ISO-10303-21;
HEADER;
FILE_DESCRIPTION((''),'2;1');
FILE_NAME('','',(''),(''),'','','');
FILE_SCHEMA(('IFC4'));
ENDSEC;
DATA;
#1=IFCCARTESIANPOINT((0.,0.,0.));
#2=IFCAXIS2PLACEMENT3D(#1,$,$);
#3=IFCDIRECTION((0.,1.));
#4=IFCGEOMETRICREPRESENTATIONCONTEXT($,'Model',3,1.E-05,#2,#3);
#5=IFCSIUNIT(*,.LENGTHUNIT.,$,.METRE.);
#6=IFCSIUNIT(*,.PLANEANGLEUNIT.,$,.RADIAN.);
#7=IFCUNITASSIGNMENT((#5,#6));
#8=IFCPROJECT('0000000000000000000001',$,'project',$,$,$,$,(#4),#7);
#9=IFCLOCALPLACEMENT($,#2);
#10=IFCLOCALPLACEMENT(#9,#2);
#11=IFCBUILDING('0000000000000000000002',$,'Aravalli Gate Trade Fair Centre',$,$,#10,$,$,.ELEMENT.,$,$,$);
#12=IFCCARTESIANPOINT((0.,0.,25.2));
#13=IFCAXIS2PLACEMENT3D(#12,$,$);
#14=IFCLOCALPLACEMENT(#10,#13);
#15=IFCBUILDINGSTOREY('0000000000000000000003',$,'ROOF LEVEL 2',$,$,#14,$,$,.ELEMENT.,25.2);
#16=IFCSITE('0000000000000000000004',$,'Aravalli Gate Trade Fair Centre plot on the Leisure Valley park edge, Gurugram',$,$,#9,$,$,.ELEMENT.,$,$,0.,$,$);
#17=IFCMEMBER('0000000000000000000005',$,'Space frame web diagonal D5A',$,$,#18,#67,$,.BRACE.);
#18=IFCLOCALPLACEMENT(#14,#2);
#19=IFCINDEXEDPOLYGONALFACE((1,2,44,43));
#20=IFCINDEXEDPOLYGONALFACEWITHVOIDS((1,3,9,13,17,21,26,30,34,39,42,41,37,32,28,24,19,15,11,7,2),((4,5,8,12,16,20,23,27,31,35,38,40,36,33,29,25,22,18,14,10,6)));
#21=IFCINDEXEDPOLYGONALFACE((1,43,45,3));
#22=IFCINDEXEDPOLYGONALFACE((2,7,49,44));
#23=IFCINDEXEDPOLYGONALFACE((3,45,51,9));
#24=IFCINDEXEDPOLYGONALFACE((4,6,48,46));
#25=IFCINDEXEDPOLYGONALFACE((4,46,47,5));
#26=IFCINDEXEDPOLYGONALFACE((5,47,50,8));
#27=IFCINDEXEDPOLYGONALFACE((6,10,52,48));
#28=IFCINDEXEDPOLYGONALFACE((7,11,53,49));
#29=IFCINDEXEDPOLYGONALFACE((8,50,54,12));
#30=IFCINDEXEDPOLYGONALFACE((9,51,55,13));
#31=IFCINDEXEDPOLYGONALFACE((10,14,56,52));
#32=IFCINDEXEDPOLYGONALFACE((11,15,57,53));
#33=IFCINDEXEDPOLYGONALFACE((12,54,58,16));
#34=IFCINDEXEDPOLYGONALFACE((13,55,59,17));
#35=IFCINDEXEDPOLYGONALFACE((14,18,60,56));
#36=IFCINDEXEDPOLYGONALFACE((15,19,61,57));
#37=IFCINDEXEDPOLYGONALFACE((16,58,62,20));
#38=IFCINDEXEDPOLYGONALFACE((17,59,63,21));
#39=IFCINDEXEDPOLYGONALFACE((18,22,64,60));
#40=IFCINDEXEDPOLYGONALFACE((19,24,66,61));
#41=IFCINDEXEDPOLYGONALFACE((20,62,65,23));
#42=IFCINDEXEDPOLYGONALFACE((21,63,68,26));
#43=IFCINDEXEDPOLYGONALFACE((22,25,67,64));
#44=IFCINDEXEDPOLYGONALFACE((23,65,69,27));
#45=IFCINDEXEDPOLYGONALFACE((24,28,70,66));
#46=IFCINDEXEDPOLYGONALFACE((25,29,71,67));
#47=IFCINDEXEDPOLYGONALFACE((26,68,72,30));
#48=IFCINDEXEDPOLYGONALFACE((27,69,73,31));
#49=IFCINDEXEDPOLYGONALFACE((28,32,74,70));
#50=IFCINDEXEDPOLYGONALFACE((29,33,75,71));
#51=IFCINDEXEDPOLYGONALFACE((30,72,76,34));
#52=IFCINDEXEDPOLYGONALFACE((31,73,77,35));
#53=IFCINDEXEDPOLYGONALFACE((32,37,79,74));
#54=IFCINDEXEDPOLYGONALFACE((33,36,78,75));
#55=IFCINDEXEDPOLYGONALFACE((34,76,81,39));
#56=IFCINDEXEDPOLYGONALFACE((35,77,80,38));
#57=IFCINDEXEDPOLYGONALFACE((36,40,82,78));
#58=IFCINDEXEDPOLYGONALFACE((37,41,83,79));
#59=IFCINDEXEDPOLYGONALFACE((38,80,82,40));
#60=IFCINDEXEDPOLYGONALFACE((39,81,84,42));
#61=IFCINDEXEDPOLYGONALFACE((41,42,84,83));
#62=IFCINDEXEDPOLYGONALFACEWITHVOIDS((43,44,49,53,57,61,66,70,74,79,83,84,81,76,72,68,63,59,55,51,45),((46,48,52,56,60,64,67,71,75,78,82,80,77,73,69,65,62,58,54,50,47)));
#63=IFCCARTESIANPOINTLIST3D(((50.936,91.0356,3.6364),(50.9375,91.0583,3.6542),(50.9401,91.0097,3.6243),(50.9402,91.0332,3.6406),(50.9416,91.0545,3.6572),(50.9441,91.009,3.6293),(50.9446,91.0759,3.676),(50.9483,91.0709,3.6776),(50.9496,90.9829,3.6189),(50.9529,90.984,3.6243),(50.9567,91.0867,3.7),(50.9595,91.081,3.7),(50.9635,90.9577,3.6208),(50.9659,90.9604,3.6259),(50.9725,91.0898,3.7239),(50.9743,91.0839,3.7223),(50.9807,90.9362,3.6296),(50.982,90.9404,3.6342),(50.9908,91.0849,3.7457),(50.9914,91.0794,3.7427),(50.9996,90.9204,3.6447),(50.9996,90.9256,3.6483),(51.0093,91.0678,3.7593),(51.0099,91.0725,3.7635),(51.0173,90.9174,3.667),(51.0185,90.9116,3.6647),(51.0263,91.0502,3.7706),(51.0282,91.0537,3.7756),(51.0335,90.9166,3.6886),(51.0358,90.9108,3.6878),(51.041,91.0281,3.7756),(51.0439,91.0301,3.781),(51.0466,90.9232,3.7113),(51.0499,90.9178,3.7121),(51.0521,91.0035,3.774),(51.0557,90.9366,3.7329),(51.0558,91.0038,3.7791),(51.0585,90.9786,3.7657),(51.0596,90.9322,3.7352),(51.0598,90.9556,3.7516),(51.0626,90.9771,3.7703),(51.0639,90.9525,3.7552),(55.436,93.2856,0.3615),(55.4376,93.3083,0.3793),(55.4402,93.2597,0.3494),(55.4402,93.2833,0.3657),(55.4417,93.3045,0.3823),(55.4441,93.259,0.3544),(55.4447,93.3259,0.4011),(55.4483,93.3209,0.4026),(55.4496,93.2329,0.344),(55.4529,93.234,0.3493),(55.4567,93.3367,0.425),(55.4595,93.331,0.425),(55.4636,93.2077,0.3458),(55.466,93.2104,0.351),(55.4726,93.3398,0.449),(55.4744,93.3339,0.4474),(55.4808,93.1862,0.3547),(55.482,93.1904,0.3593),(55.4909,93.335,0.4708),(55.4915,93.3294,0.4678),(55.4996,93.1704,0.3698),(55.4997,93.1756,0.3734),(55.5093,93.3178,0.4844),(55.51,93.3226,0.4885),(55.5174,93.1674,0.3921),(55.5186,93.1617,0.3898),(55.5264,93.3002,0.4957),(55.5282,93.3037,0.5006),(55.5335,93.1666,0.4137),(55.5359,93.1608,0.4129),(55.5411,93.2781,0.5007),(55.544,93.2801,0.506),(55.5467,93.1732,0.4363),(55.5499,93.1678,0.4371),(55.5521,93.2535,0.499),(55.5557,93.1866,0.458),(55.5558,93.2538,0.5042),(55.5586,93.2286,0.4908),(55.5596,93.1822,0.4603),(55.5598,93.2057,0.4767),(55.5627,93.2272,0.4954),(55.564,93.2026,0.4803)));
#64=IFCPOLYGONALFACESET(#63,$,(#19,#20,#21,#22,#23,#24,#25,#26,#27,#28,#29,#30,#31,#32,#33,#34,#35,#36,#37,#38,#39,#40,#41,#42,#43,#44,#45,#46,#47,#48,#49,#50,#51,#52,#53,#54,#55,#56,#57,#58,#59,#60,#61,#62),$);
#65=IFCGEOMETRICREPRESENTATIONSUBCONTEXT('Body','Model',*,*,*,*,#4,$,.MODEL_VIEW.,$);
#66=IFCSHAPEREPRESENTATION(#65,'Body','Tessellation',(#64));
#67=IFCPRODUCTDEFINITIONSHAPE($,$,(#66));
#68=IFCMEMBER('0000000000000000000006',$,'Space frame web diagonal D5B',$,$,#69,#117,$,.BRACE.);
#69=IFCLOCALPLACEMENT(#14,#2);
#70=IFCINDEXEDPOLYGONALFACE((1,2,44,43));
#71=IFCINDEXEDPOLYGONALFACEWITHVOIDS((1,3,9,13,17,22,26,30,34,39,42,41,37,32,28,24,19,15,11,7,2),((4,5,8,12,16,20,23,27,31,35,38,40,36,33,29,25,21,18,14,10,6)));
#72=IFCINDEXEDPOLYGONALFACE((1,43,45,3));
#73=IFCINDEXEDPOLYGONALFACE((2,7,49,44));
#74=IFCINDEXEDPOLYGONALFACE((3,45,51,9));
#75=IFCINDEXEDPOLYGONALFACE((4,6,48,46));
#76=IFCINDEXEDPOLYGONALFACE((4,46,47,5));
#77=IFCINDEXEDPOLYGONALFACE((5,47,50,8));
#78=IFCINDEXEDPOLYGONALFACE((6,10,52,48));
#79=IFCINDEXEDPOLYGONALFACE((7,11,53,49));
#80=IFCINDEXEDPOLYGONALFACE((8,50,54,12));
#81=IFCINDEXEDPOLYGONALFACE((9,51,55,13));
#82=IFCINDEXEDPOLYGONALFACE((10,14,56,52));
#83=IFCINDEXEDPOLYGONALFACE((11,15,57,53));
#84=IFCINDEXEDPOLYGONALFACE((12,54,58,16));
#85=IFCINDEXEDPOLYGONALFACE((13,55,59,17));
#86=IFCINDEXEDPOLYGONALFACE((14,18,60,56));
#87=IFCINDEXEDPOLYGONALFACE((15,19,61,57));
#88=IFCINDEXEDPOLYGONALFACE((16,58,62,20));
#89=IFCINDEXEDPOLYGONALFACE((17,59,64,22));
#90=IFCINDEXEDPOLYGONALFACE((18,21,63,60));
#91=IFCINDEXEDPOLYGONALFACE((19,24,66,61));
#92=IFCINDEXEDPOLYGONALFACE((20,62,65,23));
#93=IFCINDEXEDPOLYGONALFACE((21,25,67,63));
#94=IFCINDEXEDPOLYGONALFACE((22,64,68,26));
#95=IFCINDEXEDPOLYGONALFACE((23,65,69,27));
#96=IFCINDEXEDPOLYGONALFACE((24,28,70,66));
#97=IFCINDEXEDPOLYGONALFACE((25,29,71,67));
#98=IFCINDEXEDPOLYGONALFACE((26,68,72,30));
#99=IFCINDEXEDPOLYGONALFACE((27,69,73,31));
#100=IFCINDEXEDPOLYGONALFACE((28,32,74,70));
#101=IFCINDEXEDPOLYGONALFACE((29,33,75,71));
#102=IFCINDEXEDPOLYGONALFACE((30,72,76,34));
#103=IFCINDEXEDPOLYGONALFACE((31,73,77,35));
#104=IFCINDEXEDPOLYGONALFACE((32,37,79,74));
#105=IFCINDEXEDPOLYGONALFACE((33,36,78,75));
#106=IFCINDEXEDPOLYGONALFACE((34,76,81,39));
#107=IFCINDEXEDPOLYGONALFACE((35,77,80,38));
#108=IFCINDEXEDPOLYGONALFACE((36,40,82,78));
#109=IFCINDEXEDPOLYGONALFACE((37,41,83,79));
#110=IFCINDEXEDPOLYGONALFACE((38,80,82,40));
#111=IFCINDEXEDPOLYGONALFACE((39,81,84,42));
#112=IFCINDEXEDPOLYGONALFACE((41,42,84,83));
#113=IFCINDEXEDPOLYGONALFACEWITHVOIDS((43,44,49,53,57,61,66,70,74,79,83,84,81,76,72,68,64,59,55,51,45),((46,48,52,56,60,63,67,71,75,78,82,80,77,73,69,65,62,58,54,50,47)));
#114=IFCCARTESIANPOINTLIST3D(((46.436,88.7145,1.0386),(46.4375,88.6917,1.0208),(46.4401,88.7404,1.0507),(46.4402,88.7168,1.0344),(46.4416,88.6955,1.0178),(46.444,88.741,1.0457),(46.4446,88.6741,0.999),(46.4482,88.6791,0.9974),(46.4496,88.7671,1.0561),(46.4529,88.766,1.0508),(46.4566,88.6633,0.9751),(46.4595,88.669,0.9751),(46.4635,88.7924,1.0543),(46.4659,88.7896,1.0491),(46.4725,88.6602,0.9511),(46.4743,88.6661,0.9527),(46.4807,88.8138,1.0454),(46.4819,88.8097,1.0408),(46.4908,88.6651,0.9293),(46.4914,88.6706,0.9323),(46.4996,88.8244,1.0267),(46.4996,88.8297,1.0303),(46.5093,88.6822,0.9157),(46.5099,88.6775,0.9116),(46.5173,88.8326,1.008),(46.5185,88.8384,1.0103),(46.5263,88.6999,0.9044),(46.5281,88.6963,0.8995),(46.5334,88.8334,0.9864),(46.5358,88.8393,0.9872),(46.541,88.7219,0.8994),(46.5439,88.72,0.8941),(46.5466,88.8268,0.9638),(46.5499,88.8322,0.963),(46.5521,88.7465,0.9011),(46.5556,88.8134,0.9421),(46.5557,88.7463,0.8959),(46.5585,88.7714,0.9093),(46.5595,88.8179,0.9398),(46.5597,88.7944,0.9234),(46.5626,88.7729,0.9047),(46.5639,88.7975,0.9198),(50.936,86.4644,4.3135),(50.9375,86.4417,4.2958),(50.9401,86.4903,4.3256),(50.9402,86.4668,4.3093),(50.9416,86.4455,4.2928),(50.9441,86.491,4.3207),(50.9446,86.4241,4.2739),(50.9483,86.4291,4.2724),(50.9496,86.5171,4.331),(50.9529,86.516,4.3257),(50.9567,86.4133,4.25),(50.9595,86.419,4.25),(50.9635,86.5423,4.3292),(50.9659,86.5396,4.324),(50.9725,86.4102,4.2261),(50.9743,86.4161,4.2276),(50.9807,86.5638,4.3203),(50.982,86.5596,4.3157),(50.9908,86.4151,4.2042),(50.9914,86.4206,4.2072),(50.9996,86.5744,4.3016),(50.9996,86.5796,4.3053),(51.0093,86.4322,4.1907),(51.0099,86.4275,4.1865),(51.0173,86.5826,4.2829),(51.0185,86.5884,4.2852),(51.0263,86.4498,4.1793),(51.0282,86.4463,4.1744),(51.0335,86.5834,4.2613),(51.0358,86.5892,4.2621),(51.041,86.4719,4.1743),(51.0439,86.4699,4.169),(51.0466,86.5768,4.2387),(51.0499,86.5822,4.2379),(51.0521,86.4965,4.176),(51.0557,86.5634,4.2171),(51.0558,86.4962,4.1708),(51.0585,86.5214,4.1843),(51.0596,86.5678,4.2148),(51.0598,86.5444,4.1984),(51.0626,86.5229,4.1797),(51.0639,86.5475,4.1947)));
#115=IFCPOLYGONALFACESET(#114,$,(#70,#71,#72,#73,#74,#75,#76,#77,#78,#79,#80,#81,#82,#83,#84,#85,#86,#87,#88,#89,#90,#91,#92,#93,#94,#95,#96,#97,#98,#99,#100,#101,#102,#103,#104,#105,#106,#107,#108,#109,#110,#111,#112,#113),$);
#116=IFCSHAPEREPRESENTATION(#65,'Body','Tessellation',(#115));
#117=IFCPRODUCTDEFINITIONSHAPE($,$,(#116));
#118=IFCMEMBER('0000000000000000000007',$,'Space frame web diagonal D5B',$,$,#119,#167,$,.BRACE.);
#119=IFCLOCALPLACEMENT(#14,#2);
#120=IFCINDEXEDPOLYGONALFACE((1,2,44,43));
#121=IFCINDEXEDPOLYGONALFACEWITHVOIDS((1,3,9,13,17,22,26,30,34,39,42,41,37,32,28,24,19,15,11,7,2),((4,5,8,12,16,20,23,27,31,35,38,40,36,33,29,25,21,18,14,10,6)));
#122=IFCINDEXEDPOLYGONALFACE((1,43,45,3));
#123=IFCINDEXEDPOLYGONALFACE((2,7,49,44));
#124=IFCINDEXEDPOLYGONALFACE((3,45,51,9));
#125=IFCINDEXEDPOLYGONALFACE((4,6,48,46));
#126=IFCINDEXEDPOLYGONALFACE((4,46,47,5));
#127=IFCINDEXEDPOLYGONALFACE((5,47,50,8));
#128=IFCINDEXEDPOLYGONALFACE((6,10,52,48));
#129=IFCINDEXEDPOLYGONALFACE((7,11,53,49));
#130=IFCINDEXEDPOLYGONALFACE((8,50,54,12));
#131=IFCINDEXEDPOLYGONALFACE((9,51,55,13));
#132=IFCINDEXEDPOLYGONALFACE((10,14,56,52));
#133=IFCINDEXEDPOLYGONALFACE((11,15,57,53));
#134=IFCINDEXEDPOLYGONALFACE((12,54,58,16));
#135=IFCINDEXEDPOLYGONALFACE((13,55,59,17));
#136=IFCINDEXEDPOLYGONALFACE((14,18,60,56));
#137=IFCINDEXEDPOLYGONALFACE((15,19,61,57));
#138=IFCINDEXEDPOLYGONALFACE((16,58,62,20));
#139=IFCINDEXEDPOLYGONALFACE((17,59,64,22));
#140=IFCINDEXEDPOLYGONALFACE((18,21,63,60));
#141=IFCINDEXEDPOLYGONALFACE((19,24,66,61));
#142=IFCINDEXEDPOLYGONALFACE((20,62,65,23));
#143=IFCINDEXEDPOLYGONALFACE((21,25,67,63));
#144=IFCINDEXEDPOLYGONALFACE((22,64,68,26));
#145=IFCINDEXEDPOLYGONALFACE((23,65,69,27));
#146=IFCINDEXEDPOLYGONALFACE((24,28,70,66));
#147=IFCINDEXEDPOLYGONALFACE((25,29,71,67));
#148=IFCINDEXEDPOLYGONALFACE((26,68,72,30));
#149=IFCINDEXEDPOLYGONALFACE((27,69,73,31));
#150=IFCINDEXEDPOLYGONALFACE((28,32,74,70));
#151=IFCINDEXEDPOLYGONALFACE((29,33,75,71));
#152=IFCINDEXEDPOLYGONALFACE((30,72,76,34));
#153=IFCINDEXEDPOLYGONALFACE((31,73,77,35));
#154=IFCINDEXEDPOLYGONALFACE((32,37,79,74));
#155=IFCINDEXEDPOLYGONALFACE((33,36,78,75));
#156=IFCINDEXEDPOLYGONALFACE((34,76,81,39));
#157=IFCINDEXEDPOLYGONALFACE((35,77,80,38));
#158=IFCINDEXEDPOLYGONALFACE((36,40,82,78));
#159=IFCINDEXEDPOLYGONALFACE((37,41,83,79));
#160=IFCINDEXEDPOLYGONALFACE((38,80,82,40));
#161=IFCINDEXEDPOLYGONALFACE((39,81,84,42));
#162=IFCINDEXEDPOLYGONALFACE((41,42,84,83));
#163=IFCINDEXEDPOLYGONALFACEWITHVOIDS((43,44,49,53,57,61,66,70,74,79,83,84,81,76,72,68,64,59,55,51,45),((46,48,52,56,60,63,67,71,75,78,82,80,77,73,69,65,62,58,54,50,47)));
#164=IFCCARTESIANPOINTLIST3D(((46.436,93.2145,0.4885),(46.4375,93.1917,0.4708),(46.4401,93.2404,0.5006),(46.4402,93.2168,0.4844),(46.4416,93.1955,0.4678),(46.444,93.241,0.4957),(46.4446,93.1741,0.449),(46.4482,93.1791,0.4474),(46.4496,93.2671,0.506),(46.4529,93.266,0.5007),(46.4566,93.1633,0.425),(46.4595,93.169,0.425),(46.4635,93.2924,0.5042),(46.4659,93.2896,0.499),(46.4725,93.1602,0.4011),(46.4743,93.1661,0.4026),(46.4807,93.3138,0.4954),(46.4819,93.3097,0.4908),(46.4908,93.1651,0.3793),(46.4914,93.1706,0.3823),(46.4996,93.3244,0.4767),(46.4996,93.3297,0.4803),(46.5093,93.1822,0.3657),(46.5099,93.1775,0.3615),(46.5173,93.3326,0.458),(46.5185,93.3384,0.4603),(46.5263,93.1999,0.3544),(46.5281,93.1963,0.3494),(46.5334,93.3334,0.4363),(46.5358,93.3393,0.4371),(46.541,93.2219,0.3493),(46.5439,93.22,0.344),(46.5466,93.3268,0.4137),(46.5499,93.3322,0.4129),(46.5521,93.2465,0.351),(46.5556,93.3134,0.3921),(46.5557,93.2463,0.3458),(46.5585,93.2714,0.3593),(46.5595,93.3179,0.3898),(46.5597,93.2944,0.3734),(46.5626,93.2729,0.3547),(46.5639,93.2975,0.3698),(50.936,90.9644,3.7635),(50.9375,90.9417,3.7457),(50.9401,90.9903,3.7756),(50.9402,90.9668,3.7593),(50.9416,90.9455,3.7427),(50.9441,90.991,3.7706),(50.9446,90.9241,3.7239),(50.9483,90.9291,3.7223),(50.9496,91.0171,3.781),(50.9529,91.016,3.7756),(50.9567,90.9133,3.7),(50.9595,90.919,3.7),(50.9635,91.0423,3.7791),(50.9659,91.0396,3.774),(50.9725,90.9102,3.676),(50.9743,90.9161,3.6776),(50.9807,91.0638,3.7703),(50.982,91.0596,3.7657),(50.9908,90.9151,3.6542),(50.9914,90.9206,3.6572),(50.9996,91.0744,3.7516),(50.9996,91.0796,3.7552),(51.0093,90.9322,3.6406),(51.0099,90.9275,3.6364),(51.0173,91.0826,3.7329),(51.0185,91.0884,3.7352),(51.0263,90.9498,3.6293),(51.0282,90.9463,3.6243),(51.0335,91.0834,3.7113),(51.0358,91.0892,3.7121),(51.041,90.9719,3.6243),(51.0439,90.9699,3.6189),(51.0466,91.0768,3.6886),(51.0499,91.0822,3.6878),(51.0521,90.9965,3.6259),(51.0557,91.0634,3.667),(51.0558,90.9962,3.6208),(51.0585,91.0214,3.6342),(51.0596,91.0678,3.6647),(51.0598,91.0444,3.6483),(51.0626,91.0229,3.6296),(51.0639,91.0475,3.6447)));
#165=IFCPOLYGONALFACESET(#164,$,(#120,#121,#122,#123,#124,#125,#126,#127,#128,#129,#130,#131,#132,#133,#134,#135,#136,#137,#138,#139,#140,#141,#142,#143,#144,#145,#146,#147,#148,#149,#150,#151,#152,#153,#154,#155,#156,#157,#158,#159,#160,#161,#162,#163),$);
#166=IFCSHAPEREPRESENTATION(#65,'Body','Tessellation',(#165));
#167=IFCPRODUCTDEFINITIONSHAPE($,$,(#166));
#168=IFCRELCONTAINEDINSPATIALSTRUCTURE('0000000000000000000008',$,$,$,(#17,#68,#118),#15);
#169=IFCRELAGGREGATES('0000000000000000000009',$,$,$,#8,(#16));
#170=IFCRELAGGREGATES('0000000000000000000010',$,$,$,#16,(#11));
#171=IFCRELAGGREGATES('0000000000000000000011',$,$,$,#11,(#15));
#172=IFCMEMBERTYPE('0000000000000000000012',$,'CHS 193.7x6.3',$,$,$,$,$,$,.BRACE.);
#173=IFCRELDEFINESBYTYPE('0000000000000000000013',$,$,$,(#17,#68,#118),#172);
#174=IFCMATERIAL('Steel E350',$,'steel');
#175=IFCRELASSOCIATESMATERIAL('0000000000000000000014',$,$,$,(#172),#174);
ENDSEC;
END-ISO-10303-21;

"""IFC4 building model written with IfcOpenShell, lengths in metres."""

from ifc_helpers import new_model, si_unit, direction, frame, origin, origin_2d, place, context, subcontext, project, spatial, hollow_circle, extrude, material, material_profile, profile_set, type_object, element, save


model = new_model("IFC4")

# Units and contexts
model_context = context("Model", 3, precision=1e-05, world=origin(), true_north=direction((0.0, 1.0)))
body_context = subcontext(model_context, "Body", "Model", "MODEL_VIEW")
ifc_project = project(units=[si_unit("LENGTHUNIT", "METRE"), si_unit("PLANEANGLEUNIT", "RADIAN")], contexts=[model_context])

# Site, building, storey
site_placement = place(None, origin())
site = spatial("IfcSite", under=ifc_project, at=site_placement, Name="Aravalli Gate Trade Fair Centre plot on the Leisure Valley park edge, Gurugram", CompositionType="ELEMENT", RefElevation=0.0)
building_placement = place(site_placement, origin())
building = spatial("IfcBuilding", under=site, at=building_placement, Name="Aravalli Gate Trade Fair Centre", CompositionType="ELEMENT")
storey_placement = place(building_placement, frame((0.0, 0.0, 25.2)))
storey = spatial("IfcBuildingStorey", under=building, at=storey_placement, Name="ROOF LEVEL 2", CompositionType="ELEMENT", Elevation=25.2)

# Members
ifc_material_1 = material(Name="Steel E350", Category="steel")
ifc_material_profile_1 = material_profile(ifc_material_1, hollow_circle(Radius=0.0969, WallThickness=0.0063, at=origin_2d()), Name="CHS 193.7x6.3")
ifc_profile_set_1 = profile_set([ifc_material_profile_1], Name="Steel E350")
member_type_1 = type_object("IfcMemberType", Name="CHS 193.7x6.3", PredefinedType="BRACE", material=ifc_profile_set_1)
for number, where, z_axis, x_axis, name in (
    (1, (51.0, 91.0, 3.7), (0.74961, 0.374805, -0.545533), (-0.447214, 0.894427, 0.0), "Space frame web diagonal D5A"),
    (2, (51.0, 86.5, 4.25), (-0.74961, 0.374805, -0.545533), (-0.447214, -0.894427, 0.0), "Space frame web diagonal D5B"),
    (3, (51.0, 91.0, 3.7), (-0.74961, 0.374805, -0.545533), (-0.447214, -0.894427, 0.0), "Space frame web diagonal D5B"),
):
    element("IfcMember", number, at=place(storey_placement, frame(where, z_axis=z_axis, x_axis=x_axis)), inside=storey, type_object=member_type_1, Name=name, PredefinedType="BRACE", context=body_context, shape_type="SweptSolid", body=[
        extrude(hollow_circle(Radius=0.0969, WallThickness=0.0063, at=origin_2d()), origin(), (0.0, 0.0, 1.0), 6.0032),
    ])

save(model, "model.ifc")
